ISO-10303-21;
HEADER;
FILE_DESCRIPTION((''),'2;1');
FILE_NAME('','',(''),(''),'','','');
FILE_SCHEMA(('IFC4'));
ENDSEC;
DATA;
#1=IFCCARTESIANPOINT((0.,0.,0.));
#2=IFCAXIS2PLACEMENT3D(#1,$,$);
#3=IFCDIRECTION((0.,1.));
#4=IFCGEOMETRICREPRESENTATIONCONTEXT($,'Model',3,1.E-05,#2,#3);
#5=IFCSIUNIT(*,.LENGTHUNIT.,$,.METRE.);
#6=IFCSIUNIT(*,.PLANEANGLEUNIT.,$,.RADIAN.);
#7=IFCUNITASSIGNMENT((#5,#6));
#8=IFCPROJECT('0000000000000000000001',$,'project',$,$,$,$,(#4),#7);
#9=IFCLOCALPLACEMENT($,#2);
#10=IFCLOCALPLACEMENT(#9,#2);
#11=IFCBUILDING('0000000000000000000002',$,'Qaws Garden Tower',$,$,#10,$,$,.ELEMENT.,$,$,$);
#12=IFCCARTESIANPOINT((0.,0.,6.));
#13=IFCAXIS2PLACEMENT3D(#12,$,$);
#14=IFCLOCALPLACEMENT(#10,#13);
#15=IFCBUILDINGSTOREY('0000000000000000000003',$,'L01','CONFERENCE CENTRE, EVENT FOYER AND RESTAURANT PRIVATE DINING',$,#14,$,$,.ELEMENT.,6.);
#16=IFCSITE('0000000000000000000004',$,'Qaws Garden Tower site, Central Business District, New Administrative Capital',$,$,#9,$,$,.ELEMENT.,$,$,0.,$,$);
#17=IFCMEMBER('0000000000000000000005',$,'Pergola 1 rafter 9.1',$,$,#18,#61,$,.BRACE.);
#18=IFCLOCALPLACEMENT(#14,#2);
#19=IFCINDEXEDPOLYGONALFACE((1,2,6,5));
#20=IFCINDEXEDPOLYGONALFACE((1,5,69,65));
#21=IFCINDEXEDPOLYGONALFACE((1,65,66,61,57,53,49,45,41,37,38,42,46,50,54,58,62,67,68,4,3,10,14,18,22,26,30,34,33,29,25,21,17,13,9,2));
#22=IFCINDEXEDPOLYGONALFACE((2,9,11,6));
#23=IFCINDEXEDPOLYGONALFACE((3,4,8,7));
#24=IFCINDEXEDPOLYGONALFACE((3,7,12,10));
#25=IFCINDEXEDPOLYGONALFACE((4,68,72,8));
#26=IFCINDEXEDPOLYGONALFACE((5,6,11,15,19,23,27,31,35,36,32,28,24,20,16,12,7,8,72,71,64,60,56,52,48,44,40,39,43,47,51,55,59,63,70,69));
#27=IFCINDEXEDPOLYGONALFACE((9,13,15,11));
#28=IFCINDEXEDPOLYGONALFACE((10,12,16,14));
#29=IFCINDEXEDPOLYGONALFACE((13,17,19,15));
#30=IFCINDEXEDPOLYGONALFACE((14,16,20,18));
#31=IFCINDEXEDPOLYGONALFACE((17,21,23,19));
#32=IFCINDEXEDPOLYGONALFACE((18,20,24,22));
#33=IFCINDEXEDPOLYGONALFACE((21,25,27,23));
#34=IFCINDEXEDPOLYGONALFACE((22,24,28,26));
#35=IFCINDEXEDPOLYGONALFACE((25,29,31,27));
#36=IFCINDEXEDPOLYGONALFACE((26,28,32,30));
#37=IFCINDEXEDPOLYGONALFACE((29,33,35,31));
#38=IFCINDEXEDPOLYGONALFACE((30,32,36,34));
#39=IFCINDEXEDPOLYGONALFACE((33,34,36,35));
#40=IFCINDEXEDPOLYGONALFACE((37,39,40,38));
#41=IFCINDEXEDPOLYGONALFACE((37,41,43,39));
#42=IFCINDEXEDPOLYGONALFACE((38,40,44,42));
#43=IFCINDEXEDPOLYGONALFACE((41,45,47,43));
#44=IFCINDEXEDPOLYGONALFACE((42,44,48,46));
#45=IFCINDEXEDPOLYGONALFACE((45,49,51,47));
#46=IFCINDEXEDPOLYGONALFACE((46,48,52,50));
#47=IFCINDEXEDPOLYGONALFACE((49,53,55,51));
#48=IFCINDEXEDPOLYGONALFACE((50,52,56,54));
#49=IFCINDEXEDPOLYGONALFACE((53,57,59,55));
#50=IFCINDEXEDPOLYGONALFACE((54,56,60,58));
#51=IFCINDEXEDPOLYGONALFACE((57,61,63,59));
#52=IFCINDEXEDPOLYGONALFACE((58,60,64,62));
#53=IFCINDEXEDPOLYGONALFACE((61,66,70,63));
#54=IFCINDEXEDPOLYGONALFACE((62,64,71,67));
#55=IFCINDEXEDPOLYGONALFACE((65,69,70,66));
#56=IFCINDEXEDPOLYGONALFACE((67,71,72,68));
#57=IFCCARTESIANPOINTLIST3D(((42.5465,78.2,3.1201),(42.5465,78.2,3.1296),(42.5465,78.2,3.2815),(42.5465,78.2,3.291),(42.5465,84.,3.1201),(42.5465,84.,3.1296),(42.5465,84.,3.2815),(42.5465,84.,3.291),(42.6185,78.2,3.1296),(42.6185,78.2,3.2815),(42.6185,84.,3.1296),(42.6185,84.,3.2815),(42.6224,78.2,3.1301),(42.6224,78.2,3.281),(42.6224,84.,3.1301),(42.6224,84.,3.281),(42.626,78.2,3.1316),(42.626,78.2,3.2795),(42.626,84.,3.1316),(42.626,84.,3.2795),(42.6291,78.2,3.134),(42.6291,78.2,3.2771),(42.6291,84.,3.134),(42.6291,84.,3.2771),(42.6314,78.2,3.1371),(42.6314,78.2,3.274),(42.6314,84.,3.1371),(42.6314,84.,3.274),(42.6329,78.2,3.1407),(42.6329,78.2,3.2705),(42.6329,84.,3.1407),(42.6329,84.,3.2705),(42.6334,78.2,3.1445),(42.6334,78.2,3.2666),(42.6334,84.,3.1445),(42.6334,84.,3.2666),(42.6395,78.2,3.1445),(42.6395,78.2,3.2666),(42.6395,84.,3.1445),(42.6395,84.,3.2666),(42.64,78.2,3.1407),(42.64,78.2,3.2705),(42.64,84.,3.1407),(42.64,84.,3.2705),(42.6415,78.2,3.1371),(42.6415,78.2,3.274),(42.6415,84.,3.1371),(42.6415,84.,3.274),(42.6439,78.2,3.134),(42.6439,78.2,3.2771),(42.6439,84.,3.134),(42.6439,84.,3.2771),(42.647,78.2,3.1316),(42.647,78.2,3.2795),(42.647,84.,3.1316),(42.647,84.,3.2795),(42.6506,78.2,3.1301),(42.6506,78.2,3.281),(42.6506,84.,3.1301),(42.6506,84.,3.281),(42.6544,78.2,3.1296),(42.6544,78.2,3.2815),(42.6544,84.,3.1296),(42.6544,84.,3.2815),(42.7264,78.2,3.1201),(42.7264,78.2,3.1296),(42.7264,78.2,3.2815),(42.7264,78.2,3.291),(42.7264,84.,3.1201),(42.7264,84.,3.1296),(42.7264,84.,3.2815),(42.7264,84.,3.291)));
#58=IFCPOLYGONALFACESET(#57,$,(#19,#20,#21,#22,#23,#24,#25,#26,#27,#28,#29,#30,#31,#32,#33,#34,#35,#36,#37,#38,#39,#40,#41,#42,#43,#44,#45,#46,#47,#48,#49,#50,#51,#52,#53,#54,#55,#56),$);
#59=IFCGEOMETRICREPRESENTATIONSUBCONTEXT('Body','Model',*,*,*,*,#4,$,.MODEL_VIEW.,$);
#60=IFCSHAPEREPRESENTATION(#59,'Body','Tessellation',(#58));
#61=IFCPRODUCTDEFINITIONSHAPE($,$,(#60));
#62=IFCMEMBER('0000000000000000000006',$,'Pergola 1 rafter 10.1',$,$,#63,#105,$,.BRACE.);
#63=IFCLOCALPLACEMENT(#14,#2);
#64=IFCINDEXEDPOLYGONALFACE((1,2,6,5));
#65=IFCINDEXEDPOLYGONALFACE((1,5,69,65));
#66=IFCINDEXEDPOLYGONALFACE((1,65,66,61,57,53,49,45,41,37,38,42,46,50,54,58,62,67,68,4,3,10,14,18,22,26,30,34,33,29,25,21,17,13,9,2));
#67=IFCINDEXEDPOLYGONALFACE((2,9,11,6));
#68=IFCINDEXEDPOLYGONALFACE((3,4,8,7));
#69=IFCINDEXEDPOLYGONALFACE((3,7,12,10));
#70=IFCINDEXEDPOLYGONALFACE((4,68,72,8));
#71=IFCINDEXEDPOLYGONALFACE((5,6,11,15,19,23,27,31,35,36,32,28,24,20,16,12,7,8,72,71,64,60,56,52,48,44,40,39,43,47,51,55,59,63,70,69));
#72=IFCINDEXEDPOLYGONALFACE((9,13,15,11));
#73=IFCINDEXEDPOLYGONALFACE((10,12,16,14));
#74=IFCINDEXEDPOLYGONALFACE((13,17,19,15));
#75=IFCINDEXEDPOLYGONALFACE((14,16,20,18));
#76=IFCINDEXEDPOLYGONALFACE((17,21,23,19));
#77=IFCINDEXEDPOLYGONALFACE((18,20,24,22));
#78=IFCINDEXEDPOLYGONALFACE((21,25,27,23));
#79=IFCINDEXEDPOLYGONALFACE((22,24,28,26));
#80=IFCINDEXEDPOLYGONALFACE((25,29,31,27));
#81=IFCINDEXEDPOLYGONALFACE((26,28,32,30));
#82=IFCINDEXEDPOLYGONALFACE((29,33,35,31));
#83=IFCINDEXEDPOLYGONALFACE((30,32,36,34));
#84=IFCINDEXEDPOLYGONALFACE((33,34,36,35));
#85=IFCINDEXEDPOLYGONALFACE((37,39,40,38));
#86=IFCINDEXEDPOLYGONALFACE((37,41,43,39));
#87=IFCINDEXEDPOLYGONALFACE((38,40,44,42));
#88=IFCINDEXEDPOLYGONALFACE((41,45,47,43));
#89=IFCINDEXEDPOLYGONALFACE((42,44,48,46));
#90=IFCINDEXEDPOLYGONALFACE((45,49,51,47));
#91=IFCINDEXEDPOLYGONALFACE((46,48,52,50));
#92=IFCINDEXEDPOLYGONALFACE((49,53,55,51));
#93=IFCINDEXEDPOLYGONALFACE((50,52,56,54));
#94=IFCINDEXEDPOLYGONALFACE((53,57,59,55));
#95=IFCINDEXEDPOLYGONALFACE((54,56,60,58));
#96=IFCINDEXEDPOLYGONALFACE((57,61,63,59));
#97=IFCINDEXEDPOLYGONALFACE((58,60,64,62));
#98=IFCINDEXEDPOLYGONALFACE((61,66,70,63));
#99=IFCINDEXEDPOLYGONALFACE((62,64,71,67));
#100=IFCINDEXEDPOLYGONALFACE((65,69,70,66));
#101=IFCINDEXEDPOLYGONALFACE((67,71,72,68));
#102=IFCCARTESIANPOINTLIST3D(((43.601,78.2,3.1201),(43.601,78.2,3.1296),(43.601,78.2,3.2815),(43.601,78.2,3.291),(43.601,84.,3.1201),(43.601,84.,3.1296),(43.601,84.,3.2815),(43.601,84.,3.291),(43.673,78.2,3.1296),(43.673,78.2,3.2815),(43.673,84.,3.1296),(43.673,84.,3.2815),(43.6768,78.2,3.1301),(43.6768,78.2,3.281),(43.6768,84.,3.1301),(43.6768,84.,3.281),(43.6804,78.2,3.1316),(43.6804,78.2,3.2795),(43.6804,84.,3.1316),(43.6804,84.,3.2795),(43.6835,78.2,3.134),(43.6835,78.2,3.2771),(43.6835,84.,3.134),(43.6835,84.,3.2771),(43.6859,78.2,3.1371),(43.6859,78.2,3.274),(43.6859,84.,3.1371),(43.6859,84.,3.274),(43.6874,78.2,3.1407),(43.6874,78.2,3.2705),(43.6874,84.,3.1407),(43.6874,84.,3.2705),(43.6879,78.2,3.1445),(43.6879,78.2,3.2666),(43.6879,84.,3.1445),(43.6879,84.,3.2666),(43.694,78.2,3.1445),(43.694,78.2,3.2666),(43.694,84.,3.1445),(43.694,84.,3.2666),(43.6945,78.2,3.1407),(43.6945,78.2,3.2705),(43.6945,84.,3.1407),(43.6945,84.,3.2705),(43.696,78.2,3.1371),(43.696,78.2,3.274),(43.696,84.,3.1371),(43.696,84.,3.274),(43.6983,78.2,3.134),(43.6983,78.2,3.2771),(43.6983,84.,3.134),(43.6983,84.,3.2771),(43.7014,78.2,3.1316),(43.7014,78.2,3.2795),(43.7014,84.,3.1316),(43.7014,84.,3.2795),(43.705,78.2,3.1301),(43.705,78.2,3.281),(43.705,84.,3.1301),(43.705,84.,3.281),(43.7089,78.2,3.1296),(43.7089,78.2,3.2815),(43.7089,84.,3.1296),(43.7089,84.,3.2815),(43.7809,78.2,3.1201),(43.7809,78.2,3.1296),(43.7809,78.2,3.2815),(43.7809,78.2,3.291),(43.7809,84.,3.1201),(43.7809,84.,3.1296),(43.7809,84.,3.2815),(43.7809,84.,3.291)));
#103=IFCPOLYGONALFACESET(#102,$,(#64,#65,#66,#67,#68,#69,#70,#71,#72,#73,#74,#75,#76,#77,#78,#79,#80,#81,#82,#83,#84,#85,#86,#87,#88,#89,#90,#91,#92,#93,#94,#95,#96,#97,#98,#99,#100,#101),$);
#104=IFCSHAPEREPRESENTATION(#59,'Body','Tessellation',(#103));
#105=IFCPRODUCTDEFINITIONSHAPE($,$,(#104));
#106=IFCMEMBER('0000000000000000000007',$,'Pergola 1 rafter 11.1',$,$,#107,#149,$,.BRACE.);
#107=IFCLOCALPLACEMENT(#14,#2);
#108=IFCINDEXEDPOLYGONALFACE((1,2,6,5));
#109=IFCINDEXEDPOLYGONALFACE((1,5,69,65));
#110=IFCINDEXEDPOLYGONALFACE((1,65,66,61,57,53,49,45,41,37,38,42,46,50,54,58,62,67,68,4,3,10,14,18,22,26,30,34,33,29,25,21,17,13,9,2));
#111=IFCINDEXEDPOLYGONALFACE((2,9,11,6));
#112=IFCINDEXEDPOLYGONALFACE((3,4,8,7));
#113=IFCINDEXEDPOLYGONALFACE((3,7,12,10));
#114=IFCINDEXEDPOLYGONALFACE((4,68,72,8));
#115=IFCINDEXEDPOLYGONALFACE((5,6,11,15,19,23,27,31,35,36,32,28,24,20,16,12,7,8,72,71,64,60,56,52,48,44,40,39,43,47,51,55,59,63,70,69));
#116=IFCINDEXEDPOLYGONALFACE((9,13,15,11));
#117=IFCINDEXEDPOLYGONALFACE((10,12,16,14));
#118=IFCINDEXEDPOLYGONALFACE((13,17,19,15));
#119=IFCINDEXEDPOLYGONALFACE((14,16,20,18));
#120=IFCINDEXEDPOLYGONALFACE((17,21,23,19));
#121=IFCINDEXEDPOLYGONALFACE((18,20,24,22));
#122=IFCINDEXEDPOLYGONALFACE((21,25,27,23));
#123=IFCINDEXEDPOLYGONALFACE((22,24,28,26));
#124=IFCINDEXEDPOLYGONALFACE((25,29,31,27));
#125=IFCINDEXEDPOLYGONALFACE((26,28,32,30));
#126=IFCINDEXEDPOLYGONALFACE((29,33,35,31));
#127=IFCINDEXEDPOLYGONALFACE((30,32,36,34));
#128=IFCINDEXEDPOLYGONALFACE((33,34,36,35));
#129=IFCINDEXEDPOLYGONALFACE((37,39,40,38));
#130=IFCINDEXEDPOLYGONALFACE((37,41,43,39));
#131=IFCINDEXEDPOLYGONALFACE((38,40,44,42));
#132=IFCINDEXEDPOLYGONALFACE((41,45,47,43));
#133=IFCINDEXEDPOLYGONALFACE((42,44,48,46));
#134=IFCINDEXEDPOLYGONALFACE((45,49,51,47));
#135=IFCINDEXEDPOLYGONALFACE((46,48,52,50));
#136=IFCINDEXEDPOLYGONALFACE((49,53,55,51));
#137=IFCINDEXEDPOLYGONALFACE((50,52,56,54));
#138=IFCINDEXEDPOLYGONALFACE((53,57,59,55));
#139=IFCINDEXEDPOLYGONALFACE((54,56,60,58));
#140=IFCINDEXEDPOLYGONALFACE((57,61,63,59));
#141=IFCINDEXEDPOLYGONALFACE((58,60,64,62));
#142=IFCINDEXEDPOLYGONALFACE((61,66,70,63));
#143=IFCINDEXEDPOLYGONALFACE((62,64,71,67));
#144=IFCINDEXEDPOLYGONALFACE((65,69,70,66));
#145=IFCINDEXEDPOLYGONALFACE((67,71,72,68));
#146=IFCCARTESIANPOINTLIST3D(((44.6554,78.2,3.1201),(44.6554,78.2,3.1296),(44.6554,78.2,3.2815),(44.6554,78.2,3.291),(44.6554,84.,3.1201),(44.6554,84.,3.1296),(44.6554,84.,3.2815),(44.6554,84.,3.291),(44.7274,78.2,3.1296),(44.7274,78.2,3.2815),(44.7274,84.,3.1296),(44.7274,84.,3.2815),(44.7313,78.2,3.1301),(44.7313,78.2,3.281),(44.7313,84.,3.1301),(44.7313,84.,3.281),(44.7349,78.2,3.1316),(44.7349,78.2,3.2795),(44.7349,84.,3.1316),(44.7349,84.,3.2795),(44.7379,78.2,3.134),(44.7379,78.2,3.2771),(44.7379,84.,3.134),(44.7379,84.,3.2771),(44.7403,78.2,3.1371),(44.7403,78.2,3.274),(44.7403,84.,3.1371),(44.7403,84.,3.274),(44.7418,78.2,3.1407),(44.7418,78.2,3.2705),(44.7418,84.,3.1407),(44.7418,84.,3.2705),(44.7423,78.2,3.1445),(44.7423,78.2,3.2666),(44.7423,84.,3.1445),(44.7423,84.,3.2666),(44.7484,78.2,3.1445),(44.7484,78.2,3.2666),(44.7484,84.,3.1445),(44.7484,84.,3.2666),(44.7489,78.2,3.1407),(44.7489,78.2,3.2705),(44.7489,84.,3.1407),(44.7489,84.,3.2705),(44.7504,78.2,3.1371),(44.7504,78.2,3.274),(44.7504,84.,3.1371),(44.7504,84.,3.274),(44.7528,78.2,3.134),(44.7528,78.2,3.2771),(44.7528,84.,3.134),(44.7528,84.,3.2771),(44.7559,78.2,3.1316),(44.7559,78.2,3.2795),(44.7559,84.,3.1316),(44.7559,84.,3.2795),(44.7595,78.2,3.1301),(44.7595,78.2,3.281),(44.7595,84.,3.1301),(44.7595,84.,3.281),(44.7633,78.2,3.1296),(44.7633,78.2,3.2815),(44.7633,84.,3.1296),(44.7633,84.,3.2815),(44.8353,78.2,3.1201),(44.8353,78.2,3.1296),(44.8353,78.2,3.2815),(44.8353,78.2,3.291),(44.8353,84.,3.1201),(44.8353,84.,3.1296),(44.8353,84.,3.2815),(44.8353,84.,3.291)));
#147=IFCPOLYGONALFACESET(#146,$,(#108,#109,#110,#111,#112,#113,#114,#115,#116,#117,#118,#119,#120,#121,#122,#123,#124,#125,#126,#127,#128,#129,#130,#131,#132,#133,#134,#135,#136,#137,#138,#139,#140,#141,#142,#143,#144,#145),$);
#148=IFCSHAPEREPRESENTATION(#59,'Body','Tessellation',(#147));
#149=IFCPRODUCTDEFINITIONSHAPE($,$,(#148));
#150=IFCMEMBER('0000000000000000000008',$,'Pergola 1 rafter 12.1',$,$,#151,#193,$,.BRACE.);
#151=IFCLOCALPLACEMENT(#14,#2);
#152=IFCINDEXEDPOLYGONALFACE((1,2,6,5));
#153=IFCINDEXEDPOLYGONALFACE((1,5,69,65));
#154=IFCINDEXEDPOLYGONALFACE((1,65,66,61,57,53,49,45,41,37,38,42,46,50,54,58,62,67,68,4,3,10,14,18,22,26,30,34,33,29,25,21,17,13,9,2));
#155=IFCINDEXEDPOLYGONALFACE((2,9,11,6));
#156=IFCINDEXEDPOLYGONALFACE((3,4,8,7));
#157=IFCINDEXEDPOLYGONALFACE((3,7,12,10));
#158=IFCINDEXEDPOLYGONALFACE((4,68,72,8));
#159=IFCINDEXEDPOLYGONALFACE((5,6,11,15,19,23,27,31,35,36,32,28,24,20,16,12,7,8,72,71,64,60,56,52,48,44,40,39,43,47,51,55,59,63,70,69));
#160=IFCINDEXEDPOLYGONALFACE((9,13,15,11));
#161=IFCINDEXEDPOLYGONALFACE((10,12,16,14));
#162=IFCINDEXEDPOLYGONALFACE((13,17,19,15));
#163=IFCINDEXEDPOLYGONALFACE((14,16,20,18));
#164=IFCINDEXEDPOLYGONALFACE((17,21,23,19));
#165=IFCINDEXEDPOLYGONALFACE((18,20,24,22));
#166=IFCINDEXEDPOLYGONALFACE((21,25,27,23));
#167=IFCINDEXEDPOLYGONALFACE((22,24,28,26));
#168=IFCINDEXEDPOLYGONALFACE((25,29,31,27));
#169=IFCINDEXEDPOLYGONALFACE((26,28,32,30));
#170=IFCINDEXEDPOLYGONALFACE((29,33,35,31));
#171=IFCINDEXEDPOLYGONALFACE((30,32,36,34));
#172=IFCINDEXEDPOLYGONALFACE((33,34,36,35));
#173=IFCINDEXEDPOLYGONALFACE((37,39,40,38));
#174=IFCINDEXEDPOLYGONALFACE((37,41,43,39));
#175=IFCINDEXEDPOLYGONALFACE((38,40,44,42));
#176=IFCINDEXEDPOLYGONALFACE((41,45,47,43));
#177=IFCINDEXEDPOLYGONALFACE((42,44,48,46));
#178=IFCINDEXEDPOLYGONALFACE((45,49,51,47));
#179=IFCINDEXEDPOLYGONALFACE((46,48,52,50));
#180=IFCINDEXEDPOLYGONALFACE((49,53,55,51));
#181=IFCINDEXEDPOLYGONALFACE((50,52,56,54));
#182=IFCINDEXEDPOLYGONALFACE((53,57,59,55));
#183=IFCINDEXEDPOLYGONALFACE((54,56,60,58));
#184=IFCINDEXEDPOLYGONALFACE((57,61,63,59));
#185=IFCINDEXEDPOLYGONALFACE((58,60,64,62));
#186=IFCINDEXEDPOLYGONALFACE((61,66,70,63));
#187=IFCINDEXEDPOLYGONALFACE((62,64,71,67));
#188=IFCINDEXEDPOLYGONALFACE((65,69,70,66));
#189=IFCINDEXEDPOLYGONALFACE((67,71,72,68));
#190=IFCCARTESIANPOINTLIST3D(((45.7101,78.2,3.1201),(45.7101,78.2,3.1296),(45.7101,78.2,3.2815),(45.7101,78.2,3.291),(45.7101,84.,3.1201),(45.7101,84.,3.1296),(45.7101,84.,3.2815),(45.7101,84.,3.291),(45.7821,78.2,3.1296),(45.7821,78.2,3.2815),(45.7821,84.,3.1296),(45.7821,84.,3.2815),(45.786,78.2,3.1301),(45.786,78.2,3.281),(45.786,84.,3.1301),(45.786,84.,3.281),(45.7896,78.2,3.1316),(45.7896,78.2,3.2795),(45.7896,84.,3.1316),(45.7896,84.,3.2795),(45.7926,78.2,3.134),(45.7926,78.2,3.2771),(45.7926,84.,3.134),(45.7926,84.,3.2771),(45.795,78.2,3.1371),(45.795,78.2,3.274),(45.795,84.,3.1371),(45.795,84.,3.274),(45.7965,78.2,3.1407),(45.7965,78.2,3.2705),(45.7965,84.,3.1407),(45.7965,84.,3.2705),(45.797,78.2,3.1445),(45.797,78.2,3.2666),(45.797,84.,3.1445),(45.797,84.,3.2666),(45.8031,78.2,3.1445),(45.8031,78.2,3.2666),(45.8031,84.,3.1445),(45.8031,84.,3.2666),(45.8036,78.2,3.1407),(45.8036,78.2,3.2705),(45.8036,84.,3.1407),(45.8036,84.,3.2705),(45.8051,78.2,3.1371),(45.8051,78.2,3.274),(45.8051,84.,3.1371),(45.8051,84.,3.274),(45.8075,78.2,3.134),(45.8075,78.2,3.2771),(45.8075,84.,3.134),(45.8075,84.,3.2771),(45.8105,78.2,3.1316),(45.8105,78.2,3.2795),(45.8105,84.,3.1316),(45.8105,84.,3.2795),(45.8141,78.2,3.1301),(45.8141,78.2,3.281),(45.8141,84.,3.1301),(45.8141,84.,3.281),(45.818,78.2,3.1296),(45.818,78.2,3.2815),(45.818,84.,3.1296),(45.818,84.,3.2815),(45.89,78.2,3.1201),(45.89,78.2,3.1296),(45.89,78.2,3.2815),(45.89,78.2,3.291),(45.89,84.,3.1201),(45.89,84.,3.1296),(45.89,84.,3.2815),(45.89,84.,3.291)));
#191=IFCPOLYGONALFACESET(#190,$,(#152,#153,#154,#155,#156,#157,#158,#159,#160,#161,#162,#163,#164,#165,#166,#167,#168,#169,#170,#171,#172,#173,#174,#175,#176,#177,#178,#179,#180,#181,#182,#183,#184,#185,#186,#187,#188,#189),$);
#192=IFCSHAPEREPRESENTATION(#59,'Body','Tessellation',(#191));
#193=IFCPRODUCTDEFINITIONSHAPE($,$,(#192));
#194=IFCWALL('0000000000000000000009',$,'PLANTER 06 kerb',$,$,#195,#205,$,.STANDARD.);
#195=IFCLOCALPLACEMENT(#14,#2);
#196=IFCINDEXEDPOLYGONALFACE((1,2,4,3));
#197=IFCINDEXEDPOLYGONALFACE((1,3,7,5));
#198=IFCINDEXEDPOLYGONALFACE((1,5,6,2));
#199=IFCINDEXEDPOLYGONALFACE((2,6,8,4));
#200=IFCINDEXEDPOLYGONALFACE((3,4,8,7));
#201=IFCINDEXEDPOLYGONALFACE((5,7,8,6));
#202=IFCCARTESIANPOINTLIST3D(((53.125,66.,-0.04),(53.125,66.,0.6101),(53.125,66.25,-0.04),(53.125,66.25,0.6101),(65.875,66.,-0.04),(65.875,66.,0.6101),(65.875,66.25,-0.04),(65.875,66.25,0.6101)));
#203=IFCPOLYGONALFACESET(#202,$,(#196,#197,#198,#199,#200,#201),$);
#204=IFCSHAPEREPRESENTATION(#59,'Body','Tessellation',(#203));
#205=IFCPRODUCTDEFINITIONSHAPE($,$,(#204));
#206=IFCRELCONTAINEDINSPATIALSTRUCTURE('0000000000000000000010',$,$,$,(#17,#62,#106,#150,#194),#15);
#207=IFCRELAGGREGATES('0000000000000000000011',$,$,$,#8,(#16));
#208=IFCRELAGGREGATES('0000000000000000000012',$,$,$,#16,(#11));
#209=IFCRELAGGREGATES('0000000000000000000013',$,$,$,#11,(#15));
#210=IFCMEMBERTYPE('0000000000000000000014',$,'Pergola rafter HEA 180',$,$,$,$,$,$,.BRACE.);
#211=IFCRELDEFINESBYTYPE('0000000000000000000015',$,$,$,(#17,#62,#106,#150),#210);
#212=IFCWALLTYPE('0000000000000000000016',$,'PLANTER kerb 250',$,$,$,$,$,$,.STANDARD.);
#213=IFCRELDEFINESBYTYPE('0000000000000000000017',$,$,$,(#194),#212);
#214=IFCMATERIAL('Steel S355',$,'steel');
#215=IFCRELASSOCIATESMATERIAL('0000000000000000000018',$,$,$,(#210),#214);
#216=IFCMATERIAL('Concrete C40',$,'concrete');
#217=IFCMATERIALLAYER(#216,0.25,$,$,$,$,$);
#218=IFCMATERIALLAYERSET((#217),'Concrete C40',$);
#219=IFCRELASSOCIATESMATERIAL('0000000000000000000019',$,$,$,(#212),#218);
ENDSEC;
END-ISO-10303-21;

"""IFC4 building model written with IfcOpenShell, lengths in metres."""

from ifc_helpers import new_model, si_unit, direction, frame, frame_2d, origin, origin_2d, place, context, subcontext, project, spatial, rectangle, i_section, extrude, material, layer, layer_set, material_profile, profile_set, type_object, element, save


model = new_model("IFC4")

# Units and contexts
model_context = context("Model", 3, precision=1e-05, world=origin(), true_north=direction((0.0, 1.0)))
body_context = subcontext(model_context, "Body", "Model", "MODEL_VIEW")
ifc_project = project(units=[si_unit("LENGTHUNIT", "METRE"), si_unit("PLANEANGLEUNIT", "RADIAN")], contexts=[model_context])

# Site, building, storey
site_placement = place(None, origin())
site = spatial("IfcSite", under=ifc_project, at=site_placement, Name="Qaws Garden Tower site, Central Business District, New Administrative Capital", CompositionType="ELEMENT", RefElevation=0.0)
building_placement = place(site_placement, origin())
building = spatial("IfcBuilding", under=site, at=building_placement, Name="Qaws Garden Tower", CompositionType="ELEMENT")
storey_placement = place(building_placement, frame((0.0, 0.0, 6.0)))
storey = spatial("IfcBuildingStorey", under=building, at=storey_placement, Name="L01", Description="CONFERENCE CENTRE, EVENT FOYER AND RESTAURANT PRIVATE DINING", CompositionType="ELEMENT", Elevation=6.0)

# Members
ifc_material_1 = material(Name="Steel S355", Category="steel")
ifc_material_profile_1 = material_profile(ifc_material_1, i_section(OverallWidth=0.1799, OverallDepth=0.1709, WebThickness=0.0061, FlangeThickness=0.0095, FilletRadius=0.0149, at=origin_2d()), Name="HEA 180")
ifc_profile_set_1 = profile_set([ifc_material_profile_1], Name="Steel S355")
member_type = type_object("IfcMemberType", Name="Pergola rafter HEA 180", PredefinedType="BRACE", material=ifc_profile_set_1)
for number, where, z_axis, x_axis, name in (
    (1, (42.6365, 78.2, 3.2056), (0.0, 1.0, 0.0), (-1.0, 0.0, 0.0), "Pergola 1 rafter 9.1"),
    (2, (43.6909, 78.2, 3.2056), (0.0, 1.0, 0.0), (-1.0, 0.0, 0.0), "Pergola 1 rafter 10.1"),
    (3, (44.7454, 78.2, 3.2056), (0.0, 1.0, 0.0), (-1.0, 0.0, 0.0), "Pergola 1 rafter 11.1"),
    (4, (45.8, 78.2, 3.2056), (0.0, 1.0, 0.0), (-1.0, 0.0, 0.0), "Pergola 1 rafter 12.1"),
):
    element("IfcMember", number, at=place(storey_placement, frame(where, z_axis=z_axis, x_axis=x_axis)), inside=storey, type_object=member_type, Name=name, PredefinedType="BRACE", context=body_context, shape_type="SweptSolid", body=[
        extrude(i_section(OverallWidth=0.1799, OverallDepth=0.1709, WebThickness=0.0061, FlangeThickness=0.0095, FilletRadius=0.0149, at=origin_2d()), origin(), (0.0, 0.0, 1.0), 5.8),
    ])

# Wall
ifc_material_2 = material(Name="Concrete C40", Category="concrete")
ifc_layer_1 = layer(ifc_material_2, 0.25)
ifc_layer_set_1 = layer_set([ifc_layer_1], Name="Concrete C40")
wall_type_1 = type_object("IfcWallType", Name="PLANTER kerb 250", PredefinedType="STANDARD", material=ifc_layer_set_1)
wall_1_placement = place(storey_placement, frame((53.125, 66.125, -0.04), z_axis=(0.0, 0.0, 1.0), x_axis=(1.0, 0.0, 0.0)))
element("IfcWall", 5, at=wall_1_placement, inside=storey, type_object=wall_type_1, Name="PLANTER 06 kerb", PredefinedType="STANDARD", context=body_context, shape_type="SweptSolid", body=[
    extrude(rectangle(XDim=12.75, YDim=0.25, at=frame_2d((6.375, 0.0))), origin(), (0.0, 0.0, 1.0), 0.6501),
])

save(model, "model.ifc")
